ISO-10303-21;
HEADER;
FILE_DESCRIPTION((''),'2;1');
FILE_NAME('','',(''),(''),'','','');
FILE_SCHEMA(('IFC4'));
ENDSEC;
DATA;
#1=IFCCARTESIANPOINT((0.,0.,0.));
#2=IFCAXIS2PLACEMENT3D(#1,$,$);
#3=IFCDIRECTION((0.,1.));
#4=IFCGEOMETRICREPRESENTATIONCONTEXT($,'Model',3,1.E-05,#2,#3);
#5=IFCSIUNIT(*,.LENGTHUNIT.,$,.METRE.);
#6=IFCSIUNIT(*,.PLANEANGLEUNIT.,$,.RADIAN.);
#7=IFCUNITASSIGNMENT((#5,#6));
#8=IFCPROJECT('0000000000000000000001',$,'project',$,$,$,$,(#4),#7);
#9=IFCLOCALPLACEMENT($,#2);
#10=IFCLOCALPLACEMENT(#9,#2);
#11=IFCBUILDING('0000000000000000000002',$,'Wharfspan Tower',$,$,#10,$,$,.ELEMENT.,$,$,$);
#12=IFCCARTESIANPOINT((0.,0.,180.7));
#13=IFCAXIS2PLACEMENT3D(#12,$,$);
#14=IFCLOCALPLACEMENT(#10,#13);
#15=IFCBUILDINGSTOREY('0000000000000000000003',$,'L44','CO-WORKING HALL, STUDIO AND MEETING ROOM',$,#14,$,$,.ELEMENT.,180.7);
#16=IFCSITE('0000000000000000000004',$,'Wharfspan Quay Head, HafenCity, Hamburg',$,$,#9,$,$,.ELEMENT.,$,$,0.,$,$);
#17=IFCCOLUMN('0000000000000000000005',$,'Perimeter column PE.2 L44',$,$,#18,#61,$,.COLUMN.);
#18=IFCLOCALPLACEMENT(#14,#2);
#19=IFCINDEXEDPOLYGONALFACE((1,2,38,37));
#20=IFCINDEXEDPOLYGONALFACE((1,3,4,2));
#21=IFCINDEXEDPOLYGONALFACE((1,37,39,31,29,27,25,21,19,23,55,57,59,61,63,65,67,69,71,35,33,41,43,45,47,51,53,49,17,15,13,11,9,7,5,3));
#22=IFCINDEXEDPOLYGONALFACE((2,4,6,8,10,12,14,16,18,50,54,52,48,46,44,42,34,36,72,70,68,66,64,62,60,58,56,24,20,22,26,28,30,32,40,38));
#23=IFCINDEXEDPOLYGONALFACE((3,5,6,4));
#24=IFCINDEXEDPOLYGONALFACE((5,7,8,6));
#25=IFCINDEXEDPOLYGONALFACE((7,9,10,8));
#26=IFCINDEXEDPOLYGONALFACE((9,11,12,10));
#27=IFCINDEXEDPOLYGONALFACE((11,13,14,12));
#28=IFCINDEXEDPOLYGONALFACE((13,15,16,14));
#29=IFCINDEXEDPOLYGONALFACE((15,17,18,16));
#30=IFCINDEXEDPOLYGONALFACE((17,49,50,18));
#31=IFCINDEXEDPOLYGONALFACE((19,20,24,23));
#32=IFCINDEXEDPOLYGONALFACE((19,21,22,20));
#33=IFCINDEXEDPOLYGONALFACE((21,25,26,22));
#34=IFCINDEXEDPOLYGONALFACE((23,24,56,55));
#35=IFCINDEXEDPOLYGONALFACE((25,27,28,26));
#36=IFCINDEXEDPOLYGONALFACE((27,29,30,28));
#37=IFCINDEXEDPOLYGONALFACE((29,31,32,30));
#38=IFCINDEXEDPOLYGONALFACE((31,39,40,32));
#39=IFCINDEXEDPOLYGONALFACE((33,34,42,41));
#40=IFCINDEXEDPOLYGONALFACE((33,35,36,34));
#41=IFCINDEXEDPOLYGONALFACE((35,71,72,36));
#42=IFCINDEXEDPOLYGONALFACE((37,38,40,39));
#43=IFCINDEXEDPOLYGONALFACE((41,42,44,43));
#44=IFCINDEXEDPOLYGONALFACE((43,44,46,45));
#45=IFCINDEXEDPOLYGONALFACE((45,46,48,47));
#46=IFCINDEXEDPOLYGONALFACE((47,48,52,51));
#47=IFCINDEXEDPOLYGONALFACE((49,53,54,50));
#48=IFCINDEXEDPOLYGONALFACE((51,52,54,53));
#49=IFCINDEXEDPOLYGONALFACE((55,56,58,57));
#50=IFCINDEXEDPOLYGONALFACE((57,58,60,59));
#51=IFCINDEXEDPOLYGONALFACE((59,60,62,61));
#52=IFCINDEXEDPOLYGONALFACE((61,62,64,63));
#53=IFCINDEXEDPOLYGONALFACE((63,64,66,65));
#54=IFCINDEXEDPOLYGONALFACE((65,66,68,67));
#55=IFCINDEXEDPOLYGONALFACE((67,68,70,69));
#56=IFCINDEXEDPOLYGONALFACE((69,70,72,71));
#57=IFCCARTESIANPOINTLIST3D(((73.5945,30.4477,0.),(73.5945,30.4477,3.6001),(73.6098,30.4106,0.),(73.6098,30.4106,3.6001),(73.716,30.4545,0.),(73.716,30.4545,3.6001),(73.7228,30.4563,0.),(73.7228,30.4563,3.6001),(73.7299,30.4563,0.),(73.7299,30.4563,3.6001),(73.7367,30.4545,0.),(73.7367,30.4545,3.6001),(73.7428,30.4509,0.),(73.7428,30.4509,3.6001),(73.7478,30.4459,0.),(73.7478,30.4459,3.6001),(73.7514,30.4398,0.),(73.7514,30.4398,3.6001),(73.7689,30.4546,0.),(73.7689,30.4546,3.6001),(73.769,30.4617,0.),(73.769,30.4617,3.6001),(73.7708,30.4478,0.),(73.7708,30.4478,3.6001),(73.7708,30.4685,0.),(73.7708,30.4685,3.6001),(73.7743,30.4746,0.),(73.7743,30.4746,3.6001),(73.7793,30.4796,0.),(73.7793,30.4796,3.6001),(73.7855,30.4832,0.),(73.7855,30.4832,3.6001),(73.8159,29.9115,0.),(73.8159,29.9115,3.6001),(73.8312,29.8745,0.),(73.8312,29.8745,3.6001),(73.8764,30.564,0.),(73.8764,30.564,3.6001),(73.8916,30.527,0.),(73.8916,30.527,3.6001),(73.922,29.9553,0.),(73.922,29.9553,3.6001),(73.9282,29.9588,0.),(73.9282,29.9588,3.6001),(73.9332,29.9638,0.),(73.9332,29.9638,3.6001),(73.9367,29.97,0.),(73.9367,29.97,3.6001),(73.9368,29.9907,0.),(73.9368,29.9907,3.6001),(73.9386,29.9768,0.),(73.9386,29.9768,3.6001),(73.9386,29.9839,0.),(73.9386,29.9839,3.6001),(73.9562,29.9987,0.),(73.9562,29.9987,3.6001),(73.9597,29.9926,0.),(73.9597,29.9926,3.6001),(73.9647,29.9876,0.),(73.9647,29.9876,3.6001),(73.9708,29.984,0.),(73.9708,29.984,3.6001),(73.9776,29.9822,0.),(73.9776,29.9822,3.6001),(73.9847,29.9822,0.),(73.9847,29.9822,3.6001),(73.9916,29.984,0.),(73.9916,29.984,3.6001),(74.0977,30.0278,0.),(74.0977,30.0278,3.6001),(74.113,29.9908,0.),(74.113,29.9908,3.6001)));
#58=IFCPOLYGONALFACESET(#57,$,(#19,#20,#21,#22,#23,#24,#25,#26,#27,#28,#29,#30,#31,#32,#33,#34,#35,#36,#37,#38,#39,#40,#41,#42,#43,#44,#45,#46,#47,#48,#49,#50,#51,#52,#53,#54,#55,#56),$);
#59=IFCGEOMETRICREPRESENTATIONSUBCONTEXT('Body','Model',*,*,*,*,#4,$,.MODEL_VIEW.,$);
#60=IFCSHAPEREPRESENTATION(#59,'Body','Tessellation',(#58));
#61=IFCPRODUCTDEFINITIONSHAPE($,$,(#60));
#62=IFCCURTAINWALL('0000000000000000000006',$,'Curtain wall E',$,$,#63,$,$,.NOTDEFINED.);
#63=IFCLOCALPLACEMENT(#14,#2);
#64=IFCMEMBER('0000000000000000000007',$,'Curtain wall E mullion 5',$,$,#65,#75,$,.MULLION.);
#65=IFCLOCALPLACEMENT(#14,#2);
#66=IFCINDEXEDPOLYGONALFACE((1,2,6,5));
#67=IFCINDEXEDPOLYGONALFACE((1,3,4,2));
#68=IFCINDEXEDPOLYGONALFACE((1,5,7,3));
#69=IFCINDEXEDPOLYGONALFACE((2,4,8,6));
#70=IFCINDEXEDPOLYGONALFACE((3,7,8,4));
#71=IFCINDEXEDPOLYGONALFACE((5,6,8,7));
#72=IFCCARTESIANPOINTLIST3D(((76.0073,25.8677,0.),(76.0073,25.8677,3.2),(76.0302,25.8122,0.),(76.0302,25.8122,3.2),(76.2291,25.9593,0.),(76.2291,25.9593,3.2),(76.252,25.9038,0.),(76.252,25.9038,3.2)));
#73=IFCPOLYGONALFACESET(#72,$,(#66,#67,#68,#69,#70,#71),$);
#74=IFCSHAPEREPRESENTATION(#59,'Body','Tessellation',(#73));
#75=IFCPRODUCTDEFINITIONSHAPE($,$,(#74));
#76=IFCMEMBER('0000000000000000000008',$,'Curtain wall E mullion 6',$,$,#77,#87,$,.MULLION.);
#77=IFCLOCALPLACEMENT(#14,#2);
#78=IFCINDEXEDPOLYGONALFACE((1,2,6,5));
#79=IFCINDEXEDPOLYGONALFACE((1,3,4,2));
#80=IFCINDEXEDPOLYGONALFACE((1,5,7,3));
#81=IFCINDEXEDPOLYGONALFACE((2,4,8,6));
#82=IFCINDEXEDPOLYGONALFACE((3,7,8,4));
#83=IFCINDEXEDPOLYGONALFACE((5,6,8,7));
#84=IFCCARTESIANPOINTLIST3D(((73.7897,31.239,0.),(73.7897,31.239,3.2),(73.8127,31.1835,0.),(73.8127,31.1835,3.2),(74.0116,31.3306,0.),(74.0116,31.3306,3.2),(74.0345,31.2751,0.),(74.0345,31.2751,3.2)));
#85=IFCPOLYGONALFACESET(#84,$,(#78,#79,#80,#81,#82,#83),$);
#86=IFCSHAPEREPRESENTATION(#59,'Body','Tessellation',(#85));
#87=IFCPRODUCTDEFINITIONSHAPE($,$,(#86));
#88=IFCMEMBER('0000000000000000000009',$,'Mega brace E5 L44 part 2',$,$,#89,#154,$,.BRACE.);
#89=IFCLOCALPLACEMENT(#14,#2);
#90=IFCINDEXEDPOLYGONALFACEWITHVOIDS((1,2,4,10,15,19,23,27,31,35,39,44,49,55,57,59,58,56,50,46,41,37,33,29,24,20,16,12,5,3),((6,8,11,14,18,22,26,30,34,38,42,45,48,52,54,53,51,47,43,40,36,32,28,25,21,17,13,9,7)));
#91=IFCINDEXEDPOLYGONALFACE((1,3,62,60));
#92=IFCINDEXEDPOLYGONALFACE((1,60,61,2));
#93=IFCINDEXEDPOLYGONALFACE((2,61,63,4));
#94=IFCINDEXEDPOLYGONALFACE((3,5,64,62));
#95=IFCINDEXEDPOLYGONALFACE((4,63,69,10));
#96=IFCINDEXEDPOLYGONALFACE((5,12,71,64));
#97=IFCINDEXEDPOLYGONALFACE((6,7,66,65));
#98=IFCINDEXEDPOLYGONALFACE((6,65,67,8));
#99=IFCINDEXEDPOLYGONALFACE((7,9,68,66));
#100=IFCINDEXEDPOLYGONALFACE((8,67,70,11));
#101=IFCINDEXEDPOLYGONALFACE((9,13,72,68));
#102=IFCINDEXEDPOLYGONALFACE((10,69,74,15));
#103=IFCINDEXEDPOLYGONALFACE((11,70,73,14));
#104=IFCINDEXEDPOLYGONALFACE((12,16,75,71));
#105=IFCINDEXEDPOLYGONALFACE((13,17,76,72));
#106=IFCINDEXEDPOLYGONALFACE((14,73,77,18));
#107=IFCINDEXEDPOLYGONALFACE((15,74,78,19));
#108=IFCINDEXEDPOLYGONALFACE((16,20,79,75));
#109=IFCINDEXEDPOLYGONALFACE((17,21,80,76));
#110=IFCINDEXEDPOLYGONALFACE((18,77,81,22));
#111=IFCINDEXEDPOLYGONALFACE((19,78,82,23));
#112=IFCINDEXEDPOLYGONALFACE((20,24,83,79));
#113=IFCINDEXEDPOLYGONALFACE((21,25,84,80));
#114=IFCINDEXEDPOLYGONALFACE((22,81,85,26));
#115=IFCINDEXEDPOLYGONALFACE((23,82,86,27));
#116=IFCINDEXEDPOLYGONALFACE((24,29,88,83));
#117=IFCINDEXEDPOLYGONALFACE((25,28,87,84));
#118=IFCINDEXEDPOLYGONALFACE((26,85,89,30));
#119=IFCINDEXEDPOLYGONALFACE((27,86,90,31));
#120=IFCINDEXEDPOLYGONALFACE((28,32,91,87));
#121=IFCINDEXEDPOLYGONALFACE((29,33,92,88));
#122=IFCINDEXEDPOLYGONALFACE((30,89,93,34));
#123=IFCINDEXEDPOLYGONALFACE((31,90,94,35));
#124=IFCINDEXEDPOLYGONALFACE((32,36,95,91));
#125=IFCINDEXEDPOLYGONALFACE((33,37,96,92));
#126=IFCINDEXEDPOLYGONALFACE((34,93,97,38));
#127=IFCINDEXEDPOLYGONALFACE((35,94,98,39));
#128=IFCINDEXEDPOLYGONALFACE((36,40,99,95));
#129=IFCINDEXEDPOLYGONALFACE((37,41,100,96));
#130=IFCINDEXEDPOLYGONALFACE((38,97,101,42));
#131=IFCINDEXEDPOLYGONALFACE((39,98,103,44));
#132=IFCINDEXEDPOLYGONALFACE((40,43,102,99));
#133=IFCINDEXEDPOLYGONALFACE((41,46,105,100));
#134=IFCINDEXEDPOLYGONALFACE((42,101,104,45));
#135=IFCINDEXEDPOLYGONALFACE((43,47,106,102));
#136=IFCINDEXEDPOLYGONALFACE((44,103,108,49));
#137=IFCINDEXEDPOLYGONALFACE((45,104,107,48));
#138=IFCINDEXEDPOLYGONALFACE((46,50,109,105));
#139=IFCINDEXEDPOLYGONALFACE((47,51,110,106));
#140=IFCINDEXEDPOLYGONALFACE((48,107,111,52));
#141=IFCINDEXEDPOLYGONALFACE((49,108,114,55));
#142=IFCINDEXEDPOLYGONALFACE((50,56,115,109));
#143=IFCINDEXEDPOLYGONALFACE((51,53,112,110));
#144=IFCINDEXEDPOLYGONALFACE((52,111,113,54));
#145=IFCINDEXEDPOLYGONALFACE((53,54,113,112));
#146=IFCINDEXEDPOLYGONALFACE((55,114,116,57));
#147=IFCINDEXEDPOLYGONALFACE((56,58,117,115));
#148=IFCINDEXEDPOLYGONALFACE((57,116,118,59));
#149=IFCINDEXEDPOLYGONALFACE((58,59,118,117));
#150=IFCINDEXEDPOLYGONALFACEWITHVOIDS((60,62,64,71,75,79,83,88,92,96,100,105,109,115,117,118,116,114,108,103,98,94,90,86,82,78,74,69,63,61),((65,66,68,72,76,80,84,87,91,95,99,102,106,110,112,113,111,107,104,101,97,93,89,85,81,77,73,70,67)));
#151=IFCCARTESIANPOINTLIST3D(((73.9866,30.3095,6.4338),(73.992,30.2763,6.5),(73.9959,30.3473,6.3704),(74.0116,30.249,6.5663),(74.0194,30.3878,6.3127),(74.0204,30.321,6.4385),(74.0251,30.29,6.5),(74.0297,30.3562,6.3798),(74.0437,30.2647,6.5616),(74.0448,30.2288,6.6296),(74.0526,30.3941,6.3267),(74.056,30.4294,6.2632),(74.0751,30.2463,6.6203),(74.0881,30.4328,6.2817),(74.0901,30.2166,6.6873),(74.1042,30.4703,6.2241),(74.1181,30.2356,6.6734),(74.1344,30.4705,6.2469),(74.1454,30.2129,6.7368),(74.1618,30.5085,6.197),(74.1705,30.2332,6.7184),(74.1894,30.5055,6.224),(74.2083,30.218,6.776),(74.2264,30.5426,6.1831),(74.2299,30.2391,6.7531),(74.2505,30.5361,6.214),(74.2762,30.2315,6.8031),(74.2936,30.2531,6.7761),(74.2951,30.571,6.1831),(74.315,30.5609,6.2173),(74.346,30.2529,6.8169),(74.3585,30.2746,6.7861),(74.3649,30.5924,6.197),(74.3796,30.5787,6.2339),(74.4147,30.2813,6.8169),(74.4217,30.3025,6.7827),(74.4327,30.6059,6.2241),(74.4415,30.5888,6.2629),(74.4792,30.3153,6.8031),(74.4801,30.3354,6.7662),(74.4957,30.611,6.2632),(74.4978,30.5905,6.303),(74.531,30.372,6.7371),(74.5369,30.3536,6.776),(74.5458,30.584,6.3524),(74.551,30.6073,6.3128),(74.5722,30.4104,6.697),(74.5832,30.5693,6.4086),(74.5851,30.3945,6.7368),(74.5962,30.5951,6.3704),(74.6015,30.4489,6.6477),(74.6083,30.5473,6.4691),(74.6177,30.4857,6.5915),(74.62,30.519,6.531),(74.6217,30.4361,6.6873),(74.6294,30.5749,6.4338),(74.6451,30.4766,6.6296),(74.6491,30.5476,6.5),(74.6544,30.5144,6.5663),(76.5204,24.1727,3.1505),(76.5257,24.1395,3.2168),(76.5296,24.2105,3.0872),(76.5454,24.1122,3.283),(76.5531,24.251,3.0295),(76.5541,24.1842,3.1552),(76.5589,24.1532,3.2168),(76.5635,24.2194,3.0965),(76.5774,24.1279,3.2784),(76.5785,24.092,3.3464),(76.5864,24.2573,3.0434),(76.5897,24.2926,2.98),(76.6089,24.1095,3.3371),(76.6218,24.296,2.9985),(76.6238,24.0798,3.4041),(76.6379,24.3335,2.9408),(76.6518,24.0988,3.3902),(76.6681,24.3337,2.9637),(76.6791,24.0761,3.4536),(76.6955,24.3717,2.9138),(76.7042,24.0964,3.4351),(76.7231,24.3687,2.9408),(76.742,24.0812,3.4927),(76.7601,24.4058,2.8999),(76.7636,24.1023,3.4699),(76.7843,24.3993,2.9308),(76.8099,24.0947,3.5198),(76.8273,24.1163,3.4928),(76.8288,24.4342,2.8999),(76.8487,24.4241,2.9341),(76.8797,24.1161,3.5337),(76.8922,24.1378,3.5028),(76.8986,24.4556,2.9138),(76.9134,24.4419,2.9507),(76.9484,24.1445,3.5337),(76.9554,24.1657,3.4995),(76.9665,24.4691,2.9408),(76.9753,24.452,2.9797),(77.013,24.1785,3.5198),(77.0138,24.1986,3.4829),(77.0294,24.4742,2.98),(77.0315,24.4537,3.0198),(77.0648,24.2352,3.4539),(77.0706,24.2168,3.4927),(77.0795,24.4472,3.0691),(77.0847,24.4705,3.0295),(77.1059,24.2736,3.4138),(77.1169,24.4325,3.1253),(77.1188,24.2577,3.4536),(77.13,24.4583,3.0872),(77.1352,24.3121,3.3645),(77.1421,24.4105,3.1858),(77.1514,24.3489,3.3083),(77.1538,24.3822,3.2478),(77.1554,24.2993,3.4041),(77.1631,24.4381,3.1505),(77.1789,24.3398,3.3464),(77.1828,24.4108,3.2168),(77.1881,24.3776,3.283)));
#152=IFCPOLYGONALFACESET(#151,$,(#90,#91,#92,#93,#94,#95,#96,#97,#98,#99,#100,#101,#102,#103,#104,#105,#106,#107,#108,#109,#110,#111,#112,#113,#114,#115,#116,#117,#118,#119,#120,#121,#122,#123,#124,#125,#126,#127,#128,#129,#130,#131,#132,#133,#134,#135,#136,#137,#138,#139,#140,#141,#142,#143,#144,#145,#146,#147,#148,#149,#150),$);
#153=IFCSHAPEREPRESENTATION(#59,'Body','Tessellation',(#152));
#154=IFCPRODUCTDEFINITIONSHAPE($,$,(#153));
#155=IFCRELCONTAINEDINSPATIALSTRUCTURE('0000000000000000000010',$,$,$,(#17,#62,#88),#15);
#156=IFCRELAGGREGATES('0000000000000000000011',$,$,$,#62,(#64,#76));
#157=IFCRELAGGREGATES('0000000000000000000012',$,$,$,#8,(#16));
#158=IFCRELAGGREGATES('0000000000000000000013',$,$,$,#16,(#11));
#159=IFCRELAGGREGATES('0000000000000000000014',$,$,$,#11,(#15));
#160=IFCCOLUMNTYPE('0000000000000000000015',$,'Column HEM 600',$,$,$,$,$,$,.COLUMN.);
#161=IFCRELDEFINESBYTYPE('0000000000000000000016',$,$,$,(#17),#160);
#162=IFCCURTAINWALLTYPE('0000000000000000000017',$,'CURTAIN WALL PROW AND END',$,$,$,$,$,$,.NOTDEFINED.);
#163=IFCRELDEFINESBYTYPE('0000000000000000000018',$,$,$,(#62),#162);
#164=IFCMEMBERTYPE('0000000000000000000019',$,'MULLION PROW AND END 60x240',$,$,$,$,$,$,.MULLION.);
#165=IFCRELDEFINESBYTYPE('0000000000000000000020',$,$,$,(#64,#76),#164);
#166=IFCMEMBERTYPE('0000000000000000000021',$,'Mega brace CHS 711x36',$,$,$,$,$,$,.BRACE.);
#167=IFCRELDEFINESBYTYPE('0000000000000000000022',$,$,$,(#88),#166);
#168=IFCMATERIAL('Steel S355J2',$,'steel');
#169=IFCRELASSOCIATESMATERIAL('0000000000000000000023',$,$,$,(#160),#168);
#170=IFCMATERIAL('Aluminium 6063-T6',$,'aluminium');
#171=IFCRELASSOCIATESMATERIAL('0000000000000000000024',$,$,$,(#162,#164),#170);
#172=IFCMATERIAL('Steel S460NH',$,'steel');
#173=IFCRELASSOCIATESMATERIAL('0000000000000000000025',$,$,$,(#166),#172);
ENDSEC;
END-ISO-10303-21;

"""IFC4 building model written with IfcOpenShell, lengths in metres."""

from ifc_helpers import new_model, si_unit, direction, frame, origin, origin_2d, place, context, subcontext, project, spatial, rectangle, hollow_circle, i_section, extrude, material, material_profile, profile_set, type_object, element, aggregate, save


model = new_model("IFC4")

# Units and contexts
model_context = context("Model", 3, precision=1e-05, world=origin(), true_north=direction((0.0, 1.0)))
body_context = subcontext(model_context, "Body", "Model", "MODEL_VIEW")
ifc_project = project(units=[si_unit("LENGTHUNIT", "METRE"), si_unit("PLANEANGLEUNIT", "RADIAN")], contexts=[model_context])

# Site, building, storey
site_placement = place(None, origin())
site = spatial("IfcSite", under=ifc_project, at=site_placement, Name="Wharfspan Quay Head, HafenCity, Hamburg", CompositionType="ELEMENT", RefElevation=0.0)
building_placement = place(site_placement, origin())
building = spatial("IfcBuilding", under=site, at=building_placement, Name="Wharfspan Tower", CompositionType="ELEMENT")
storey_placement = place(building_placement, frame((0.0, 0.0, 180.7)))
storey = spatial("IfcBuildingStorey", under=building, at=storey_placement, Name="L44", Description="CO-WORKING HALL, STUDIO AND MEETING ROOM", CompositionType="ELEMENT", Elevation=180.7)

# Column
ifc_material_1 = material(Name="Steel S355J2", Category="steel")
ifc_material_profile_1 = material_profile(ifc_material_1, i_section(OverallWidth=0.3049, OverallDepth=0.6201, WebThickness=0.021, FlangeThickness=0.04, FilletRadius=0.0271, at=origin_2d()))
ifc_profile_set_1 = profile_set([ifc_material_profile_1], Name="Steel S355J2")
column_type = type_object("IfcColumnType", Name="Column HEM 600", PredefinedType="COLUMN", material=ifc_profile_set_1)
column_placement = place(storey_placement, frame((73.8538, 30.2192, 0.0), z_axis=(0.0, 0.0, 1.0), x_axis=(0.924325, 0.381602, 0.0)))
element("IfcColumn", 1, at=column_placement, inside=storey, type_object=column_type, Name="Perimeter column PE.2 L44", PredefinedType="COLUMN", context=body_context, shape_type="SweptSolid", body=[
    extrude(i_section(OverallWidth=0.3049, OverallDepth=0.6201, WebThickness=0.021, FlangeThickness=0.04, FilletRadius=0.0271, at=origin_2d()), origin(), (0.0, 0.0, 1.0), 3.6001),
])

# Curtain wall, members
ifc_material_2 = material(Name="Aluminium 6063-T6", Category="aluminium")
curtain_wall_type = type_object("IfcCurtainWallType", Name="CURTAIN WALL PROW AND END", PredefinedType="NOTDEFINED", material=ifc_material_2)
curtain_wall_placement = place(storey_placement, origin())
curtain_wall = element("IfcCurtainWall", 2, at=curtain_wall_placement, inside=storey, type_object=curtain_wall_type, Name="Curtain wall E", PredefinedType="NOTDEFINED")
ifc_material_profile_2 = material_profile(ifc_material_2, rectangle(XDim=0.24, YDim=0.0601, at=origin_2d()))
ifc_profile_set_2 = profile_set([ifc_material_profile_2], Name="Aluminium 6063-T6")
member_type_1 = type_object("IfcMemberType", Name="MULLION PROW AND END 60x240", PredefinedType="MULLION", material=ifc_profile_set_2)
member_1_placement = place(storey_placement, frame((76.1296, 25.8857, 0.0), z_axis=(0.0, 0.0, 1.0), x_axis=(-0.924325, -0.381602, 0.0)))
member_1 = element("IfcMember", 3, at=member_1_placement, type_object=member_type_1, Name="Curtain wall E mullion 5", PredefinedType="MULLION", context=body_context, shape_type="SweptSolid", body=[
    extrude(rectangle(XDim=0.24, YDim=0.0601, at=origin_2d()), origin(), (0.0, 0.0, 1.0), 3.2),
])
member_2_placement = place(storey_placement, frame((73.9121, 31.2571, 0.0), z_axis=(0.0, 0.0, 1.0), x_axis=(-0.924325, -0.381602, 0.0)))
member_2 = element("IfcMember", 4, at=member_2_placement, type_object=member_type_1, Name="Curtain wall E mullion 6", PredefinedType="MULLION", context=body_context, shape_type="SweptSolid", body=[
    extrude(rectangle(XDim=0.24, YDim=0.0601, at=origin_2d()), origin(), (0.0, 0.0, 1.0), 3.2),
])

# Member
ifc_material_3 = material(Name="Steel S460NH", Category="steel")
ifc_material_profile_3 = material_profile(ifc_material_3, hollow_circle(Radius=0.3555, WallThickness=0.0359, at=origin_2d()))
ifc_profile_set_3 = profile_set([ifc_material_profile_3], Name="Steel S460NH")
member_type_2 = type_object("IfcMemberType", Name="Mega brace CHS 711x36", PredefinedType="BRACE", material=ifc_profile_set_3)
for number, where, z_axis, x_axis, name in (
    (5, (76.8542, 24.2751, 3.2168), (-0.342084, 0.828543, 0.443278), (-0.924317, -0.381625, -0.000003), "Mega brace E5 L44 part 2"),
):
    element("IfcMember", number, at=place(storey_placement, frame(where, z_axis=z_axis, x_axis=x_axis)), inside=storey, type_object=member_type_2, Name=name, PredefinedType="BRACE", context=body_context, shape_type="SweptSolid", body=[
        extrude(hollow_circle(Radius=0.3555, WallThickness=0.0359, at=origin_2d()), origin(), (0.0, 0.0, 1.0), 7.4067),
    ])

aggregate(curtain_wall, [member_1, member_2])

save(model, "model.ifc")
